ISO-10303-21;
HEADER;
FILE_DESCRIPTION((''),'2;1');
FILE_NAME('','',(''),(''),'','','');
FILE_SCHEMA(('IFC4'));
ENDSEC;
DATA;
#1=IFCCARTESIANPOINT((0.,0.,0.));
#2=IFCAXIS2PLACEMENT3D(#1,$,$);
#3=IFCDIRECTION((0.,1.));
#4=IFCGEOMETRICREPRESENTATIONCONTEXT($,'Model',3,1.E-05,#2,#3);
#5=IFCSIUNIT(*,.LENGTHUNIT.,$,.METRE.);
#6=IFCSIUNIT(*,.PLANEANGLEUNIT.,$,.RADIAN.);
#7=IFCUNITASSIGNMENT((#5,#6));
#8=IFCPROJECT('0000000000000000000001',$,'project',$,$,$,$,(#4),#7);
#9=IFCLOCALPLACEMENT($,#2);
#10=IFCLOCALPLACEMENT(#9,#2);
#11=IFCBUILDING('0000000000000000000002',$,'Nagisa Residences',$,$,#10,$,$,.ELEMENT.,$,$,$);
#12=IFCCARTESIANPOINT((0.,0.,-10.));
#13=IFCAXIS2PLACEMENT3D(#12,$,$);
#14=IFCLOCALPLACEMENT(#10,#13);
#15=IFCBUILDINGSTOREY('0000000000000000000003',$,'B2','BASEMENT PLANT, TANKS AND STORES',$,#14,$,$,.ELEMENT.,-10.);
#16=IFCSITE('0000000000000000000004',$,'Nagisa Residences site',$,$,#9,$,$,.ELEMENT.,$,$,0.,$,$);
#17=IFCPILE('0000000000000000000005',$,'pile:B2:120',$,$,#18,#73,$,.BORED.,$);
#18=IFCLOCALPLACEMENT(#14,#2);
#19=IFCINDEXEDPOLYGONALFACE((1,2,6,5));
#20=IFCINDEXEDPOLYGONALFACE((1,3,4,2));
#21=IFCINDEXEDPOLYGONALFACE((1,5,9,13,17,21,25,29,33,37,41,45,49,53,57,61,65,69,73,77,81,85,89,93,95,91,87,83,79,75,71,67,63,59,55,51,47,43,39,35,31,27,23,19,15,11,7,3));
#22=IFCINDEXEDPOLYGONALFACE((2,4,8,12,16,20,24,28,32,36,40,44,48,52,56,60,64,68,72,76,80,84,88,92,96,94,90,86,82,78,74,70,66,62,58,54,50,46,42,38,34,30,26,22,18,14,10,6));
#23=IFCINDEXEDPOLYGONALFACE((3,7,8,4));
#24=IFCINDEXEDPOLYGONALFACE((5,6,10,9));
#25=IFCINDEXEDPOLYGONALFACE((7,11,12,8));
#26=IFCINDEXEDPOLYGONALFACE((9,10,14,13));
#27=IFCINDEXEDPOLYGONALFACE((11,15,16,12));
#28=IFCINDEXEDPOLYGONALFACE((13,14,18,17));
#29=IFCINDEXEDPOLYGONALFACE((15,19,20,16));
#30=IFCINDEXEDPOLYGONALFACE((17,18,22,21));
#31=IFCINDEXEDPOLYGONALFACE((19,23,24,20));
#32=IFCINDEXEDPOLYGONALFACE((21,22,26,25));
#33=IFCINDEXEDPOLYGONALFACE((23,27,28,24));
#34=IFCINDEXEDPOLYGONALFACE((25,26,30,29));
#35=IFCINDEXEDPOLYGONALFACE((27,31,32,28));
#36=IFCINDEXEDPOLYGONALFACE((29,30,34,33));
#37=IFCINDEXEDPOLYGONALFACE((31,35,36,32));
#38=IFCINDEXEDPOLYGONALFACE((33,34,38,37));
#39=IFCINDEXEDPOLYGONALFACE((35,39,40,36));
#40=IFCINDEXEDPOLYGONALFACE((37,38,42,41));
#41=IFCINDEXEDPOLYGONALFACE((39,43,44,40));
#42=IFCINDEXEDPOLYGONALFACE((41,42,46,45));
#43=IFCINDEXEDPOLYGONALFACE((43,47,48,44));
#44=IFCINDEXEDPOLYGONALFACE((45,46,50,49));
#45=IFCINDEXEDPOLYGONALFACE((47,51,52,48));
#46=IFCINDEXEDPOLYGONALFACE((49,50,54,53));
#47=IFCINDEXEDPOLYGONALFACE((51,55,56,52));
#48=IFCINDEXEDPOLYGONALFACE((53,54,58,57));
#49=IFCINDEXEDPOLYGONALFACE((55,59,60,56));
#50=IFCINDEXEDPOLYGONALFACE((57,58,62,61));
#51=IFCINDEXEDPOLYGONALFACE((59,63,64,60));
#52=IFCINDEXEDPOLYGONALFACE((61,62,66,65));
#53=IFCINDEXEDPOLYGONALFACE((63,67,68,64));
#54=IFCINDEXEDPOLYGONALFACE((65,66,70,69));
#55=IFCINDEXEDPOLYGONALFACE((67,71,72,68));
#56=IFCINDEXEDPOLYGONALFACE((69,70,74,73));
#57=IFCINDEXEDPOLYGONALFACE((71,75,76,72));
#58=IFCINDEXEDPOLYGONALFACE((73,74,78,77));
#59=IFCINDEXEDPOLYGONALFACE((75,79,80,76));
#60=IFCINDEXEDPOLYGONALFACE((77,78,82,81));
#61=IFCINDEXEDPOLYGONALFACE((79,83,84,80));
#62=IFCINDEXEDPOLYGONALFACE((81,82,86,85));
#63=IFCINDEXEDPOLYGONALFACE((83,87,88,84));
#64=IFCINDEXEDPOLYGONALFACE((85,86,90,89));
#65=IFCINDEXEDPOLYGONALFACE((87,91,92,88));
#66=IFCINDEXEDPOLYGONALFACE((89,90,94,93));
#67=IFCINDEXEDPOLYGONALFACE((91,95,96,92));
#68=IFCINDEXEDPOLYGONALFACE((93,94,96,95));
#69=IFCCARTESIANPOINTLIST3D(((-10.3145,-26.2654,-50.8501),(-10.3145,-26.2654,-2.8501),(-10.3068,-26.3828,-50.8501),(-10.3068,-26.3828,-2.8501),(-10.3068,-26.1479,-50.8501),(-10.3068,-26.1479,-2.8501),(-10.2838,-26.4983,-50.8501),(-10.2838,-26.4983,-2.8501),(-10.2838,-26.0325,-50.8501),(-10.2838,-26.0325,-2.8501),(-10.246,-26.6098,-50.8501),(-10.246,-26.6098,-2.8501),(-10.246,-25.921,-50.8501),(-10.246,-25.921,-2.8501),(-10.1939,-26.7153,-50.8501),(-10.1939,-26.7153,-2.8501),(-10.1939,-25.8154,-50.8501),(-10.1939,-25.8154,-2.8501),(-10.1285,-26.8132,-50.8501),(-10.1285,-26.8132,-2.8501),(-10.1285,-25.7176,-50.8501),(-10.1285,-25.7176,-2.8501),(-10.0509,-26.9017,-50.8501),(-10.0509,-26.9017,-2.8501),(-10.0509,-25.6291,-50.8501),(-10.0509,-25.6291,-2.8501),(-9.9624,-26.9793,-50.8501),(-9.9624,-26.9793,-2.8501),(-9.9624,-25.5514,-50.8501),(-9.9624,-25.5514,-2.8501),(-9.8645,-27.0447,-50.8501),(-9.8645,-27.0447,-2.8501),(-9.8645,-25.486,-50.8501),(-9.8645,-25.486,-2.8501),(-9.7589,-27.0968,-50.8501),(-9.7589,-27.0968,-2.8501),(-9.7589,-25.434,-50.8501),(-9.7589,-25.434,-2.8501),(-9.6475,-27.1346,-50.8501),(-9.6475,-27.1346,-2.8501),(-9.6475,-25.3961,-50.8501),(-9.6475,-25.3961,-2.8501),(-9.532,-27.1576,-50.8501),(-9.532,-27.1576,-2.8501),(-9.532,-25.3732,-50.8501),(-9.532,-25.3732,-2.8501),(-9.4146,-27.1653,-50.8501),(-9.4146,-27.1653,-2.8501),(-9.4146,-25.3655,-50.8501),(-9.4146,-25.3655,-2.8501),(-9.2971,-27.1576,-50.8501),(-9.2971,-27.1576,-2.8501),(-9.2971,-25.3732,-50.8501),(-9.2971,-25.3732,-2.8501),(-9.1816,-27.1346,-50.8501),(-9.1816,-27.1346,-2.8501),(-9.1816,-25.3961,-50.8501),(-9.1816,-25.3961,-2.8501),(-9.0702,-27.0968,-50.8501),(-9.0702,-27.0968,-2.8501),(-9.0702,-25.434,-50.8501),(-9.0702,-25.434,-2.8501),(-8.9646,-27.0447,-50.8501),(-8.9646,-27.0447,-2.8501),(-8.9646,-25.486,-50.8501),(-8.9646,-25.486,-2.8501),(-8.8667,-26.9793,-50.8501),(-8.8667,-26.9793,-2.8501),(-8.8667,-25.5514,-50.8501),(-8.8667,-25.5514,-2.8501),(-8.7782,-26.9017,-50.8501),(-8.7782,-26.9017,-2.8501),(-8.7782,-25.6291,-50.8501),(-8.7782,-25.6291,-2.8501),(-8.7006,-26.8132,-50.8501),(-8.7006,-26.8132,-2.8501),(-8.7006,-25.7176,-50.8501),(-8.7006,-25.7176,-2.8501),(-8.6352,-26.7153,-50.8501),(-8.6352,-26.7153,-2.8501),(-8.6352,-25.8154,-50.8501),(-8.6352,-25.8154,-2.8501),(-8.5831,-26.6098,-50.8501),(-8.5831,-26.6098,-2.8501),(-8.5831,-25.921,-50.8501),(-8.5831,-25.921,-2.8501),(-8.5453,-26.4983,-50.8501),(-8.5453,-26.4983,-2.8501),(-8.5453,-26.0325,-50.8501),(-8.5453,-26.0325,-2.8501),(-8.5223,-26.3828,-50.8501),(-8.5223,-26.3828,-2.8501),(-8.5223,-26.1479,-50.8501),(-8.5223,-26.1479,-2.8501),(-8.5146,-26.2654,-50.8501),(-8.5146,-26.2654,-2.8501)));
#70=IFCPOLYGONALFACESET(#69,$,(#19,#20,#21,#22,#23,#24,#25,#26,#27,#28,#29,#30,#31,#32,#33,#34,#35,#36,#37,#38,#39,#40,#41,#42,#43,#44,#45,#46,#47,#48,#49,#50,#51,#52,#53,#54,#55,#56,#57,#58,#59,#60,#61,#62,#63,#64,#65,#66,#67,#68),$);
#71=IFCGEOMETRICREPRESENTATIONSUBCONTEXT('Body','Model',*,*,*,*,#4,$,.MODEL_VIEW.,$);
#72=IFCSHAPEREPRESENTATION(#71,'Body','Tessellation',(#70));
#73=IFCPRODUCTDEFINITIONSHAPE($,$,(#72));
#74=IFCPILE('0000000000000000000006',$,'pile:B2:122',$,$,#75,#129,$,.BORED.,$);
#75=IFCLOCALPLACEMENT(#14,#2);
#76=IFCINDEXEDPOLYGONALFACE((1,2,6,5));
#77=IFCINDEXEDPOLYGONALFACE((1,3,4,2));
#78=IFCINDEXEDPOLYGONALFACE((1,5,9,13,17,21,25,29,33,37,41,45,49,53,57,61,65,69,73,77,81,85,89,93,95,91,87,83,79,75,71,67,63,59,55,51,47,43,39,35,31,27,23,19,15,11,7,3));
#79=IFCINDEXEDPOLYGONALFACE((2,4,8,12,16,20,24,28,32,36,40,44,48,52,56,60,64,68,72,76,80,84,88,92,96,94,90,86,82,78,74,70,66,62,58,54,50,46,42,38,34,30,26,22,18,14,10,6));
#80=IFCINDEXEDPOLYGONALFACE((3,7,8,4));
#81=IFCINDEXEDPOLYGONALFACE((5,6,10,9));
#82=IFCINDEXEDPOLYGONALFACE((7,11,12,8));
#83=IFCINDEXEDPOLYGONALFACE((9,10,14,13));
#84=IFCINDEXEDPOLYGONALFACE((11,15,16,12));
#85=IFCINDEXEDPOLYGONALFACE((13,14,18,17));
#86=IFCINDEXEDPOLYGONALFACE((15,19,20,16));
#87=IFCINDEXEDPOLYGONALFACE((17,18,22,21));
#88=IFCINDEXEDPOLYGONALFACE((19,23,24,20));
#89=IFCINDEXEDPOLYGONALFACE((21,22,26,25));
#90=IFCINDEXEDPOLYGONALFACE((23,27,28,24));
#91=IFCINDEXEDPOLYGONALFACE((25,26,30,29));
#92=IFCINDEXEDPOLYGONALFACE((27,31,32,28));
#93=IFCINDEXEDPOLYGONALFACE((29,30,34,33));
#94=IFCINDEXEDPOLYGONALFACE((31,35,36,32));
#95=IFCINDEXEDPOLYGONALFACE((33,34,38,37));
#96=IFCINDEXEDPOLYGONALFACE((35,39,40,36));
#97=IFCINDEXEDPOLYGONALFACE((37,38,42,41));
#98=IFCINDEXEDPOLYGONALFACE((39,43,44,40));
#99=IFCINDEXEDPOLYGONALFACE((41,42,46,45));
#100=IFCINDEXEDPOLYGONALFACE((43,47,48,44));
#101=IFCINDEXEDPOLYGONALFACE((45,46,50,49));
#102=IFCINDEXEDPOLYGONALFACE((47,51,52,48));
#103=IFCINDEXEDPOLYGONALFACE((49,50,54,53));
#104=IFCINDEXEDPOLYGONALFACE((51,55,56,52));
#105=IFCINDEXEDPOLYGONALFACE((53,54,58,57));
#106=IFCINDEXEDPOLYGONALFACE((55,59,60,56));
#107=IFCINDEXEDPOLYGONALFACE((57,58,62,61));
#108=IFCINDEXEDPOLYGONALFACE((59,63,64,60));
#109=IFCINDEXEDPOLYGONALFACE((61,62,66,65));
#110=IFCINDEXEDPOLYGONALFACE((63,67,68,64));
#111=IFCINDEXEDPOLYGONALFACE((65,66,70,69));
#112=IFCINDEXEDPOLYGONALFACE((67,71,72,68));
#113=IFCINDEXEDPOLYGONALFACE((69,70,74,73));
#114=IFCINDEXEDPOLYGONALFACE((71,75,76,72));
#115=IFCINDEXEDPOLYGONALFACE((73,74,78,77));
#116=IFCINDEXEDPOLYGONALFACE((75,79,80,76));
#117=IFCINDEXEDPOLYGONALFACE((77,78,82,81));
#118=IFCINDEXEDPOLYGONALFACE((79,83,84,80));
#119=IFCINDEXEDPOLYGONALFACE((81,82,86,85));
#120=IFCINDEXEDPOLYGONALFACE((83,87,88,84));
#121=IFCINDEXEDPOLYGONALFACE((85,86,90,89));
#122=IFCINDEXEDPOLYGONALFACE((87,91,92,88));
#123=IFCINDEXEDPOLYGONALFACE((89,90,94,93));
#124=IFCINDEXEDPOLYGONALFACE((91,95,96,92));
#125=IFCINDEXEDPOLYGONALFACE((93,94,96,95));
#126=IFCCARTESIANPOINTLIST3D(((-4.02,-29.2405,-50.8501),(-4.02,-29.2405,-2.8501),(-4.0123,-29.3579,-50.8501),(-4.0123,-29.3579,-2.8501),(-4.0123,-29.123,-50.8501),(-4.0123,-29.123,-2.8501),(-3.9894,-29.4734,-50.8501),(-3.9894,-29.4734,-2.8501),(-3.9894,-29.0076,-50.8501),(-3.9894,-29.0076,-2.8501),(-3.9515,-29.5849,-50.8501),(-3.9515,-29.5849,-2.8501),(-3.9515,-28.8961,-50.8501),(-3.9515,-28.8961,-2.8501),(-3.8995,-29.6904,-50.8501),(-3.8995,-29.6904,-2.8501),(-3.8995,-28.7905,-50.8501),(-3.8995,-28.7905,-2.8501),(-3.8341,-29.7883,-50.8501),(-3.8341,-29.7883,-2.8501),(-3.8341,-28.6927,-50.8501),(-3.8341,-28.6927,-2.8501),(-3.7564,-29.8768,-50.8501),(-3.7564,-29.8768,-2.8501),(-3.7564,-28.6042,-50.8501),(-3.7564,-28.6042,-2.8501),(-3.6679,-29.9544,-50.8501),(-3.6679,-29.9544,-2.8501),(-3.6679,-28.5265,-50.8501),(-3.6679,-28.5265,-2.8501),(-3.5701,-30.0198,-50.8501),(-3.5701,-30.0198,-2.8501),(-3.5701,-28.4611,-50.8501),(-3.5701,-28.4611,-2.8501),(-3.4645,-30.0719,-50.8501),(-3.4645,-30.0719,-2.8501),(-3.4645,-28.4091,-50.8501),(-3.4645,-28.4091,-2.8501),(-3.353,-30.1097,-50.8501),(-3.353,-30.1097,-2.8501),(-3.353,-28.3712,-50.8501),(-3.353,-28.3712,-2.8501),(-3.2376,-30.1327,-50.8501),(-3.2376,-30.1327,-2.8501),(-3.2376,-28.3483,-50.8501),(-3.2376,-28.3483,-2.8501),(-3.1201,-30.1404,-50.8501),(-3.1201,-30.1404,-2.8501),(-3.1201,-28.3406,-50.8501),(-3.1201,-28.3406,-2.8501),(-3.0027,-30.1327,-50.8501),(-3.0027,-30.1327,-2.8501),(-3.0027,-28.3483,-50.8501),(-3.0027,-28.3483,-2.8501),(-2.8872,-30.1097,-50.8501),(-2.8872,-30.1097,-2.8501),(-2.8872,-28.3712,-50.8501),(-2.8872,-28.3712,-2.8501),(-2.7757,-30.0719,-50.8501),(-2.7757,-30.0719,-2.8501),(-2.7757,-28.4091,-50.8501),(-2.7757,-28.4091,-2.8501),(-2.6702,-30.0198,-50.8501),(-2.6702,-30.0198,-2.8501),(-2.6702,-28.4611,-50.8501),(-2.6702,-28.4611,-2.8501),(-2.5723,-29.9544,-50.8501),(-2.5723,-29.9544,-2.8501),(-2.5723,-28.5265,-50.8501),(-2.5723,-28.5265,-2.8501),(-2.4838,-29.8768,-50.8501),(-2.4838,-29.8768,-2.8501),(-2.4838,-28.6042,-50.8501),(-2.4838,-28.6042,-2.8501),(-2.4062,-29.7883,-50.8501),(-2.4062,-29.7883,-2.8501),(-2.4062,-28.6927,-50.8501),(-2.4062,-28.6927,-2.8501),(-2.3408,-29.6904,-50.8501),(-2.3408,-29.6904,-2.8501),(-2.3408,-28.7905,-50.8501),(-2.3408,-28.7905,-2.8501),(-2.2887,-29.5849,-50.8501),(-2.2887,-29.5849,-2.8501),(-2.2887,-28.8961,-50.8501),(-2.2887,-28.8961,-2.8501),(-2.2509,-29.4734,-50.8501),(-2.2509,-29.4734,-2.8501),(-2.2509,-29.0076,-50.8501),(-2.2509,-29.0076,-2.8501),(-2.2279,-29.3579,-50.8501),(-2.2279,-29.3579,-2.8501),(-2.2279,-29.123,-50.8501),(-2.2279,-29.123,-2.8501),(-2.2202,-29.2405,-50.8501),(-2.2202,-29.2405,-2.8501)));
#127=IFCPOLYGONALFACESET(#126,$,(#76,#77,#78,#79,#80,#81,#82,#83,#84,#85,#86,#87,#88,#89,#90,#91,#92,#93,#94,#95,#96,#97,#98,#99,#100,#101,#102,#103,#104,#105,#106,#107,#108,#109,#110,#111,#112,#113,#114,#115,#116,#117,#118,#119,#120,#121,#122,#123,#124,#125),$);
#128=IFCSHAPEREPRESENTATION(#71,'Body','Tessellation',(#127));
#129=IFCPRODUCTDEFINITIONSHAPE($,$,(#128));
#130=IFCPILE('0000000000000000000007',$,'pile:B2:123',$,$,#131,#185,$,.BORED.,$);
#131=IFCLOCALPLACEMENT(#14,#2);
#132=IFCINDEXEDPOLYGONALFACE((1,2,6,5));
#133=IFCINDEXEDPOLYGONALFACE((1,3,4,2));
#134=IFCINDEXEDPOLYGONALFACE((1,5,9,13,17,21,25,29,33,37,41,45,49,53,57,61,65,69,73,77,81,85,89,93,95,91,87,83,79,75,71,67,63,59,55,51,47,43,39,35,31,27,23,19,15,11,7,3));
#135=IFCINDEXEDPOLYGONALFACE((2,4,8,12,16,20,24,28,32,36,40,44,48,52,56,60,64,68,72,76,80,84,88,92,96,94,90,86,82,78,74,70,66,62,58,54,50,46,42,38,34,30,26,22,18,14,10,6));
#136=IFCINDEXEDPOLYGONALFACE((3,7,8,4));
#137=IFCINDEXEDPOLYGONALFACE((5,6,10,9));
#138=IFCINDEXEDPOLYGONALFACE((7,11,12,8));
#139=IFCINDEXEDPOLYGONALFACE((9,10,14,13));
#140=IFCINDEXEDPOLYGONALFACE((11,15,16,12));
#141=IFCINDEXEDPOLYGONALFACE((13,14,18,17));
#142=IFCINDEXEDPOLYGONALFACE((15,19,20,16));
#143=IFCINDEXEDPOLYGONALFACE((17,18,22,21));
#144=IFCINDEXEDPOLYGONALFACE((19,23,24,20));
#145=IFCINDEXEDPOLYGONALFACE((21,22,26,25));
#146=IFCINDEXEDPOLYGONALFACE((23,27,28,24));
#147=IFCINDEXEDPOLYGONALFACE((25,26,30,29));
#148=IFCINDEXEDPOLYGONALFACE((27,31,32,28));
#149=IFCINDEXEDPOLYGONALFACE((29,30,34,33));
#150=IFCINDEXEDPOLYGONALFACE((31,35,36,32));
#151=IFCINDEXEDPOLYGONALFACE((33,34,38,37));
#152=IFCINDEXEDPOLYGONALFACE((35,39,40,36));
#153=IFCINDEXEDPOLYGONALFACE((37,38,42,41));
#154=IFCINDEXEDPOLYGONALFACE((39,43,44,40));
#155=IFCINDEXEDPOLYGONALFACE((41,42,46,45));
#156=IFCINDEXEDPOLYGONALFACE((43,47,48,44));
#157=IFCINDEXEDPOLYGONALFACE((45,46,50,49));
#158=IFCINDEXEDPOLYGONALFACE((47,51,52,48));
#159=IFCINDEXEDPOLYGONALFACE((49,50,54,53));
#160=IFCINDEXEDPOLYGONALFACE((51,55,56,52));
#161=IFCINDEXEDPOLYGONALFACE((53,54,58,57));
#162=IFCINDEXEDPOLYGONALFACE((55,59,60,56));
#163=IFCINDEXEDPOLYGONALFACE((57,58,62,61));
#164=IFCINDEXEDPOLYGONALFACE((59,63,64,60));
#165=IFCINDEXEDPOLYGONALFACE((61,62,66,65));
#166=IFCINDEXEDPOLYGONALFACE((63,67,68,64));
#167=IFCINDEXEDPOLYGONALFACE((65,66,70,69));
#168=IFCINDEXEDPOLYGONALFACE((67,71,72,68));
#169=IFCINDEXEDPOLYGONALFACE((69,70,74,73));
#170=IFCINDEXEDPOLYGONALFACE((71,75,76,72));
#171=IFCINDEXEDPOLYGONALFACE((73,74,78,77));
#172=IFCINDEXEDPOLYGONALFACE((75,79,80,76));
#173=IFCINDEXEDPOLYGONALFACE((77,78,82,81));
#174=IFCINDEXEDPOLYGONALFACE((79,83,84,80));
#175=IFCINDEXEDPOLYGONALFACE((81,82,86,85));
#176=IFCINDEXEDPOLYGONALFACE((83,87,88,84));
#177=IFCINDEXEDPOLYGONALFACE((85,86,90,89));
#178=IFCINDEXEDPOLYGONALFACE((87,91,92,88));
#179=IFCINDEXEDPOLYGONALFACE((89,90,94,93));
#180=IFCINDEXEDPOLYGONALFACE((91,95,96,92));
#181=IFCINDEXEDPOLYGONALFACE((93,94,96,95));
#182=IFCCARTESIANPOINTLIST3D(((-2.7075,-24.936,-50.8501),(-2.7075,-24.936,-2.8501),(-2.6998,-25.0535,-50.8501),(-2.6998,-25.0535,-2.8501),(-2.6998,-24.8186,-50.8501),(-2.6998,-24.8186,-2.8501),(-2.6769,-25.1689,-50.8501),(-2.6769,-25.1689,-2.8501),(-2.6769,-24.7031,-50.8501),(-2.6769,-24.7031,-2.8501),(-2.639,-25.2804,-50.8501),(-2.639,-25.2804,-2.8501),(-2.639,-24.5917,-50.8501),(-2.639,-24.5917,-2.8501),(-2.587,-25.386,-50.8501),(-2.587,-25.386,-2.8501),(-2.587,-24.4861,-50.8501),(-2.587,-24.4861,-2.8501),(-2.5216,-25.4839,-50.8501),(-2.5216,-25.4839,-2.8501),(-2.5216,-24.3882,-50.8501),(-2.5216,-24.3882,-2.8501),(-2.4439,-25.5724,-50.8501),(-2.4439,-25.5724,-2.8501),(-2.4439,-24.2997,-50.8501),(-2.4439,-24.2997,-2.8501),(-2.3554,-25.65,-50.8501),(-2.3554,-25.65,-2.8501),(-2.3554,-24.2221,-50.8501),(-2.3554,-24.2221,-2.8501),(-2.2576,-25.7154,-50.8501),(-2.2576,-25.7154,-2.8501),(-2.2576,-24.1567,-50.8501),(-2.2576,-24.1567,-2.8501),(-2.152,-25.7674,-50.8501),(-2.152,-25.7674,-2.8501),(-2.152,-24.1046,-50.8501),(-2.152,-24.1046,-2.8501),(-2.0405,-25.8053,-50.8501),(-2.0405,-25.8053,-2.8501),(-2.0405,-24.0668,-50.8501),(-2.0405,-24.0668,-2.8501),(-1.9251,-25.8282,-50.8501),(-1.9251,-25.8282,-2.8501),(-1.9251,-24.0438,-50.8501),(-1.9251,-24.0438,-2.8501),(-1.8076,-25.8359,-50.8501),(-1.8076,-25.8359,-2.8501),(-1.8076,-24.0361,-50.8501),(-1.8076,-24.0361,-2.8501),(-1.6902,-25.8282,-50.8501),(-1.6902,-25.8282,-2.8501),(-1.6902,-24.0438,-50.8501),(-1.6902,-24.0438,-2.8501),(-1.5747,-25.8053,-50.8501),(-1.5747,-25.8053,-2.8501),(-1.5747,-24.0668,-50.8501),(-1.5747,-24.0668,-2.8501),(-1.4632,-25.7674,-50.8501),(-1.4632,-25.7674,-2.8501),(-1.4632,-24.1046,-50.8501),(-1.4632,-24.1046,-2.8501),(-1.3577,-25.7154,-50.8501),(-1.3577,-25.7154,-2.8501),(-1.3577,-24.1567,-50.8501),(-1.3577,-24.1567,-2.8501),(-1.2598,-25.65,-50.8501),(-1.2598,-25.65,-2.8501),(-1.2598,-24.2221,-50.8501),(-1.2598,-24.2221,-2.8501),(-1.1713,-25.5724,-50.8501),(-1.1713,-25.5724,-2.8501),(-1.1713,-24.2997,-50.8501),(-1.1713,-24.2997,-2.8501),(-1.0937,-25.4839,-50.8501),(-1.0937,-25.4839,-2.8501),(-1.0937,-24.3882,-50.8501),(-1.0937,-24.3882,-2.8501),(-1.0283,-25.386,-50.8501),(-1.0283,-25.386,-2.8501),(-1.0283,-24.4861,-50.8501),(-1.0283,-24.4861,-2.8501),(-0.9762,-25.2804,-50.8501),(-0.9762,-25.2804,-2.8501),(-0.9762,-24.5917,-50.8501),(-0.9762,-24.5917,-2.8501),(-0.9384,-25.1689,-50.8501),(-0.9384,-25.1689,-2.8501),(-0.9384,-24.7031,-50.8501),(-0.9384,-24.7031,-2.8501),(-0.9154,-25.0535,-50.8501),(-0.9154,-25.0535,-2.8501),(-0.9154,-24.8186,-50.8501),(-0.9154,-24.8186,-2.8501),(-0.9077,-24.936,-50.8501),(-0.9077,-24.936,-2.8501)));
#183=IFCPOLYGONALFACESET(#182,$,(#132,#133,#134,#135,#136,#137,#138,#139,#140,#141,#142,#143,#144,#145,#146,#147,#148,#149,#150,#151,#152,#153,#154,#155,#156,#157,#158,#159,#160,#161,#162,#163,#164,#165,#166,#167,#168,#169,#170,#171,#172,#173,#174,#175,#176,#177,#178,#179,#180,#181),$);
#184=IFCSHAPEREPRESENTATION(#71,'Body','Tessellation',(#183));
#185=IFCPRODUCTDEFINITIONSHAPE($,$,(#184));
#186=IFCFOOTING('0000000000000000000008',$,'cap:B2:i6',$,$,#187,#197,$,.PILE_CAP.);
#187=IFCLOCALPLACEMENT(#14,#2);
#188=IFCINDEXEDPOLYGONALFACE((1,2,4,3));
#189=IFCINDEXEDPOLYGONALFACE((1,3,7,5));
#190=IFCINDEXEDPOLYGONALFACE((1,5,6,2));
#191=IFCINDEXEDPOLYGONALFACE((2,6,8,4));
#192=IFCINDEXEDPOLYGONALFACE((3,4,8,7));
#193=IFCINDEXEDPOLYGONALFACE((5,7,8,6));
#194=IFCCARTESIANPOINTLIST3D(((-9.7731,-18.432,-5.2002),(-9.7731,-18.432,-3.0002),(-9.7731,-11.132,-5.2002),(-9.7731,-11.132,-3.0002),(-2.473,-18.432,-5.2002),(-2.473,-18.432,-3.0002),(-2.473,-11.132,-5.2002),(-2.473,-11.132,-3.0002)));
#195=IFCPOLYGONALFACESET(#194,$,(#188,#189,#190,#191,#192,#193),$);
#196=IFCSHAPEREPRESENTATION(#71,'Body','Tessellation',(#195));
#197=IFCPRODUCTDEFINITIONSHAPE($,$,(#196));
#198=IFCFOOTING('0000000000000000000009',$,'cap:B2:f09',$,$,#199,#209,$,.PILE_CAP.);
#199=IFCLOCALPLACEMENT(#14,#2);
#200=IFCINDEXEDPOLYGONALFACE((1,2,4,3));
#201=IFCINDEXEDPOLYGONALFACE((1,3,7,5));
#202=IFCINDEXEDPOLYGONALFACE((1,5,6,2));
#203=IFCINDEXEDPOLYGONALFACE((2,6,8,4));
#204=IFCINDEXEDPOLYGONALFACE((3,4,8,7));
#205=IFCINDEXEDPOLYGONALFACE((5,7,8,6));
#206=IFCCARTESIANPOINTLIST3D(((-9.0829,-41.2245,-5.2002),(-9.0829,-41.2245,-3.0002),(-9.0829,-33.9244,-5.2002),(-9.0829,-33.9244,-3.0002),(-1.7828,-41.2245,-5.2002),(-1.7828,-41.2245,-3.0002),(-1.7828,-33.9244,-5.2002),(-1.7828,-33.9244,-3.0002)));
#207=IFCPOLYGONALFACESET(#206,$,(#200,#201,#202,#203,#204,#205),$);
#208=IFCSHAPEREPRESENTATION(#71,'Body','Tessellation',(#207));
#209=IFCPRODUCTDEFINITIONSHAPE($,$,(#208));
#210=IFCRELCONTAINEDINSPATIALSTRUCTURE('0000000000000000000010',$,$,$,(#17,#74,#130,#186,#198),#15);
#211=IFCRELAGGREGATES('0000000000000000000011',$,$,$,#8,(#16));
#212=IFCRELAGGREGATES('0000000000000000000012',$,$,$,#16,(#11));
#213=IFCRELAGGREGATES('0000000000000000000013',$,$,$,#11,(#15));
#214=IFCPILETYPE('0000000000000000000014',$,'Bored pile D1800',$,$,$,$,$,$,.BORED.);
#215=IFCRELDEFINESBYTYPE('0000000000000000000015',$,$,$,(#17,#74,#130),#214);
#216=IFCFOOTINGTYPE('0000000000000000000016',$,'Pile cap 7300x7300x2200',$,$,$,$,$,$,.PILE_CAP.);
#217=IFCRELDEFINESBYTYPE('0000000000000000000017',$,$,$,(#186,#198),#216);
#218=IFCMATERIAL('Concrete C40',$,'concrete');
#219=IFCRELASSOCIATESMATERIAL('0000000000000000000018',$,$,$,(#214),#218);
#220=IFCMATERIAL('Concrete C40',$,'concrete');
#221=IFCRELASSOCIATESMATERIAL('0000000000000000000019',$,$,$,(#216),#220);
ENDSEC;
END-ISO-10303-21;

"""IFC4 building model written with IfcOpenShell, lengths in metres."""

from ifc_helpers import new_model, si_unit, direction, frame, origin, origin_2d, place, context, subcontext, project, spatial, rectangle, circle, extrude, material, material_profile, profile_set, type_object, element, save


model = new_model("IFC4")

# Units and contexts
model_context = context("Model", 3, precision=1e-05, world=origin(), true_north=direction((0.0, 1.0)))
body_context = subcontext(model_context, "Body", "Model", "MODEL_VIEW")
ifc_project = project(units=[si_unit("LENGTHUNIT", "METRE"), si_unit("PLANEANGLEUNIT", "RADIAN")], contexts=[model_context])

# Site, building, storey
site_placement = place(None, origin())
site = spatial("IfcSite", under=ifc_project, at=site_placement, Name="Nagisa Residences site", CompositionType="ELEMENT", RefElevation=0.0)
building_placement = place(site_placement, origin())
building = spatial("IfcBuilding", under=site, at=building_placement, Name="Nagisa Residences", CompositionType="ELEMENT")
storey_placement = place(building_placement, frame((0.0, 0.0, -10.0)))
storey = spatial("IfcBuildingStorey", under=building, at=storey_placement, Name="B2", Description="BASEMENT PLANT, TANKS AND STORES", CompositionType="ELEMENT", Elevation=-10.0)

# Piles
ifc_material_1 = material(Name="Concrete C40", Category="concrete")
ifc_material_profile_1 = material_profile(ifc_material_1, circle(Radius=0.8999, at=origin_2d()), Name="Bored pile D1800")
ifc_profile_set_1 = profile_set([ifc_material_profile_1], Name="Concrete C40")
pile_type = type_object("IfcPileType", Name="Bored pile D1800", PredefinedType="BORED", material=ifc_profile_set_1)
for number, where, z_axis, x_axis, name in (
    (1, (-9.4146, -26.2654, -2.8501), (0.0, 0.0, -1.0), (1.0, 0.0, 0.0), "pile:B2:120"),
    (2, (-3.1201, -29.2405, -2.8501), (0.0, 0.0, -1.0), (1.0, 0.0, 0.0), "pile:B2:122"),
    (3, (-1.8076, -24.936, -2.8501), (0.0, 0.0, -1.0), (1.0, 0.0, 0.0), "pile:B2:123"),
):
    element("IfcPile", number, at=place(storey_placement, frame(where, z_axis=z_axis, x_axis=x_axis)), inside=storey, type_object=pile_type, Name=name, PredefinedType="BORED", context=body_context, shape_type="SweptSolid", body=[
        extrude(circle(Radius=0.8999, at=origin_2d()), origin(), (0.0, 0.0, 1.0), 48.0),
    ])

# Footings
ifc_material_2 = material(Name="Concrete C40", Category="concrete")
footing_type = type_object("IfcFootingType", Name="Pile cap 7300x7300x2200", PredefinedType="PILE_CAP", material=ifc_material_2)
for number, where, z_axis, x_axis, name in (
    (4, (-6.123, -14.782, -5.2002), (0.0, 0.0, 1.0), (1.0, 0.0, 0.0), "cap:B2:i6"),
    (5, (-5.4329, -37.5745, -5.2002), (0.0, 0.0, 1.0), (1.0, 0.0, 0.0), "cap:B2:f09"),
):
    element("IfcFooting", number, at=place(storey_placement, frame(where, z_axis=z_axis, x_axis=x_axis)), inside=storey, type_object=footing_type, Name=name, PredefinedType="PILE_CAP", context=body_context, shape_type="SweptSolid", body=[
        extrude(rectangle(XDim=7.3, YDim=7.3, at=origin_2d()), origin(), (0.0, 0.0, 1.0), 2.2),
    ])

save(model, "model.ifc")
